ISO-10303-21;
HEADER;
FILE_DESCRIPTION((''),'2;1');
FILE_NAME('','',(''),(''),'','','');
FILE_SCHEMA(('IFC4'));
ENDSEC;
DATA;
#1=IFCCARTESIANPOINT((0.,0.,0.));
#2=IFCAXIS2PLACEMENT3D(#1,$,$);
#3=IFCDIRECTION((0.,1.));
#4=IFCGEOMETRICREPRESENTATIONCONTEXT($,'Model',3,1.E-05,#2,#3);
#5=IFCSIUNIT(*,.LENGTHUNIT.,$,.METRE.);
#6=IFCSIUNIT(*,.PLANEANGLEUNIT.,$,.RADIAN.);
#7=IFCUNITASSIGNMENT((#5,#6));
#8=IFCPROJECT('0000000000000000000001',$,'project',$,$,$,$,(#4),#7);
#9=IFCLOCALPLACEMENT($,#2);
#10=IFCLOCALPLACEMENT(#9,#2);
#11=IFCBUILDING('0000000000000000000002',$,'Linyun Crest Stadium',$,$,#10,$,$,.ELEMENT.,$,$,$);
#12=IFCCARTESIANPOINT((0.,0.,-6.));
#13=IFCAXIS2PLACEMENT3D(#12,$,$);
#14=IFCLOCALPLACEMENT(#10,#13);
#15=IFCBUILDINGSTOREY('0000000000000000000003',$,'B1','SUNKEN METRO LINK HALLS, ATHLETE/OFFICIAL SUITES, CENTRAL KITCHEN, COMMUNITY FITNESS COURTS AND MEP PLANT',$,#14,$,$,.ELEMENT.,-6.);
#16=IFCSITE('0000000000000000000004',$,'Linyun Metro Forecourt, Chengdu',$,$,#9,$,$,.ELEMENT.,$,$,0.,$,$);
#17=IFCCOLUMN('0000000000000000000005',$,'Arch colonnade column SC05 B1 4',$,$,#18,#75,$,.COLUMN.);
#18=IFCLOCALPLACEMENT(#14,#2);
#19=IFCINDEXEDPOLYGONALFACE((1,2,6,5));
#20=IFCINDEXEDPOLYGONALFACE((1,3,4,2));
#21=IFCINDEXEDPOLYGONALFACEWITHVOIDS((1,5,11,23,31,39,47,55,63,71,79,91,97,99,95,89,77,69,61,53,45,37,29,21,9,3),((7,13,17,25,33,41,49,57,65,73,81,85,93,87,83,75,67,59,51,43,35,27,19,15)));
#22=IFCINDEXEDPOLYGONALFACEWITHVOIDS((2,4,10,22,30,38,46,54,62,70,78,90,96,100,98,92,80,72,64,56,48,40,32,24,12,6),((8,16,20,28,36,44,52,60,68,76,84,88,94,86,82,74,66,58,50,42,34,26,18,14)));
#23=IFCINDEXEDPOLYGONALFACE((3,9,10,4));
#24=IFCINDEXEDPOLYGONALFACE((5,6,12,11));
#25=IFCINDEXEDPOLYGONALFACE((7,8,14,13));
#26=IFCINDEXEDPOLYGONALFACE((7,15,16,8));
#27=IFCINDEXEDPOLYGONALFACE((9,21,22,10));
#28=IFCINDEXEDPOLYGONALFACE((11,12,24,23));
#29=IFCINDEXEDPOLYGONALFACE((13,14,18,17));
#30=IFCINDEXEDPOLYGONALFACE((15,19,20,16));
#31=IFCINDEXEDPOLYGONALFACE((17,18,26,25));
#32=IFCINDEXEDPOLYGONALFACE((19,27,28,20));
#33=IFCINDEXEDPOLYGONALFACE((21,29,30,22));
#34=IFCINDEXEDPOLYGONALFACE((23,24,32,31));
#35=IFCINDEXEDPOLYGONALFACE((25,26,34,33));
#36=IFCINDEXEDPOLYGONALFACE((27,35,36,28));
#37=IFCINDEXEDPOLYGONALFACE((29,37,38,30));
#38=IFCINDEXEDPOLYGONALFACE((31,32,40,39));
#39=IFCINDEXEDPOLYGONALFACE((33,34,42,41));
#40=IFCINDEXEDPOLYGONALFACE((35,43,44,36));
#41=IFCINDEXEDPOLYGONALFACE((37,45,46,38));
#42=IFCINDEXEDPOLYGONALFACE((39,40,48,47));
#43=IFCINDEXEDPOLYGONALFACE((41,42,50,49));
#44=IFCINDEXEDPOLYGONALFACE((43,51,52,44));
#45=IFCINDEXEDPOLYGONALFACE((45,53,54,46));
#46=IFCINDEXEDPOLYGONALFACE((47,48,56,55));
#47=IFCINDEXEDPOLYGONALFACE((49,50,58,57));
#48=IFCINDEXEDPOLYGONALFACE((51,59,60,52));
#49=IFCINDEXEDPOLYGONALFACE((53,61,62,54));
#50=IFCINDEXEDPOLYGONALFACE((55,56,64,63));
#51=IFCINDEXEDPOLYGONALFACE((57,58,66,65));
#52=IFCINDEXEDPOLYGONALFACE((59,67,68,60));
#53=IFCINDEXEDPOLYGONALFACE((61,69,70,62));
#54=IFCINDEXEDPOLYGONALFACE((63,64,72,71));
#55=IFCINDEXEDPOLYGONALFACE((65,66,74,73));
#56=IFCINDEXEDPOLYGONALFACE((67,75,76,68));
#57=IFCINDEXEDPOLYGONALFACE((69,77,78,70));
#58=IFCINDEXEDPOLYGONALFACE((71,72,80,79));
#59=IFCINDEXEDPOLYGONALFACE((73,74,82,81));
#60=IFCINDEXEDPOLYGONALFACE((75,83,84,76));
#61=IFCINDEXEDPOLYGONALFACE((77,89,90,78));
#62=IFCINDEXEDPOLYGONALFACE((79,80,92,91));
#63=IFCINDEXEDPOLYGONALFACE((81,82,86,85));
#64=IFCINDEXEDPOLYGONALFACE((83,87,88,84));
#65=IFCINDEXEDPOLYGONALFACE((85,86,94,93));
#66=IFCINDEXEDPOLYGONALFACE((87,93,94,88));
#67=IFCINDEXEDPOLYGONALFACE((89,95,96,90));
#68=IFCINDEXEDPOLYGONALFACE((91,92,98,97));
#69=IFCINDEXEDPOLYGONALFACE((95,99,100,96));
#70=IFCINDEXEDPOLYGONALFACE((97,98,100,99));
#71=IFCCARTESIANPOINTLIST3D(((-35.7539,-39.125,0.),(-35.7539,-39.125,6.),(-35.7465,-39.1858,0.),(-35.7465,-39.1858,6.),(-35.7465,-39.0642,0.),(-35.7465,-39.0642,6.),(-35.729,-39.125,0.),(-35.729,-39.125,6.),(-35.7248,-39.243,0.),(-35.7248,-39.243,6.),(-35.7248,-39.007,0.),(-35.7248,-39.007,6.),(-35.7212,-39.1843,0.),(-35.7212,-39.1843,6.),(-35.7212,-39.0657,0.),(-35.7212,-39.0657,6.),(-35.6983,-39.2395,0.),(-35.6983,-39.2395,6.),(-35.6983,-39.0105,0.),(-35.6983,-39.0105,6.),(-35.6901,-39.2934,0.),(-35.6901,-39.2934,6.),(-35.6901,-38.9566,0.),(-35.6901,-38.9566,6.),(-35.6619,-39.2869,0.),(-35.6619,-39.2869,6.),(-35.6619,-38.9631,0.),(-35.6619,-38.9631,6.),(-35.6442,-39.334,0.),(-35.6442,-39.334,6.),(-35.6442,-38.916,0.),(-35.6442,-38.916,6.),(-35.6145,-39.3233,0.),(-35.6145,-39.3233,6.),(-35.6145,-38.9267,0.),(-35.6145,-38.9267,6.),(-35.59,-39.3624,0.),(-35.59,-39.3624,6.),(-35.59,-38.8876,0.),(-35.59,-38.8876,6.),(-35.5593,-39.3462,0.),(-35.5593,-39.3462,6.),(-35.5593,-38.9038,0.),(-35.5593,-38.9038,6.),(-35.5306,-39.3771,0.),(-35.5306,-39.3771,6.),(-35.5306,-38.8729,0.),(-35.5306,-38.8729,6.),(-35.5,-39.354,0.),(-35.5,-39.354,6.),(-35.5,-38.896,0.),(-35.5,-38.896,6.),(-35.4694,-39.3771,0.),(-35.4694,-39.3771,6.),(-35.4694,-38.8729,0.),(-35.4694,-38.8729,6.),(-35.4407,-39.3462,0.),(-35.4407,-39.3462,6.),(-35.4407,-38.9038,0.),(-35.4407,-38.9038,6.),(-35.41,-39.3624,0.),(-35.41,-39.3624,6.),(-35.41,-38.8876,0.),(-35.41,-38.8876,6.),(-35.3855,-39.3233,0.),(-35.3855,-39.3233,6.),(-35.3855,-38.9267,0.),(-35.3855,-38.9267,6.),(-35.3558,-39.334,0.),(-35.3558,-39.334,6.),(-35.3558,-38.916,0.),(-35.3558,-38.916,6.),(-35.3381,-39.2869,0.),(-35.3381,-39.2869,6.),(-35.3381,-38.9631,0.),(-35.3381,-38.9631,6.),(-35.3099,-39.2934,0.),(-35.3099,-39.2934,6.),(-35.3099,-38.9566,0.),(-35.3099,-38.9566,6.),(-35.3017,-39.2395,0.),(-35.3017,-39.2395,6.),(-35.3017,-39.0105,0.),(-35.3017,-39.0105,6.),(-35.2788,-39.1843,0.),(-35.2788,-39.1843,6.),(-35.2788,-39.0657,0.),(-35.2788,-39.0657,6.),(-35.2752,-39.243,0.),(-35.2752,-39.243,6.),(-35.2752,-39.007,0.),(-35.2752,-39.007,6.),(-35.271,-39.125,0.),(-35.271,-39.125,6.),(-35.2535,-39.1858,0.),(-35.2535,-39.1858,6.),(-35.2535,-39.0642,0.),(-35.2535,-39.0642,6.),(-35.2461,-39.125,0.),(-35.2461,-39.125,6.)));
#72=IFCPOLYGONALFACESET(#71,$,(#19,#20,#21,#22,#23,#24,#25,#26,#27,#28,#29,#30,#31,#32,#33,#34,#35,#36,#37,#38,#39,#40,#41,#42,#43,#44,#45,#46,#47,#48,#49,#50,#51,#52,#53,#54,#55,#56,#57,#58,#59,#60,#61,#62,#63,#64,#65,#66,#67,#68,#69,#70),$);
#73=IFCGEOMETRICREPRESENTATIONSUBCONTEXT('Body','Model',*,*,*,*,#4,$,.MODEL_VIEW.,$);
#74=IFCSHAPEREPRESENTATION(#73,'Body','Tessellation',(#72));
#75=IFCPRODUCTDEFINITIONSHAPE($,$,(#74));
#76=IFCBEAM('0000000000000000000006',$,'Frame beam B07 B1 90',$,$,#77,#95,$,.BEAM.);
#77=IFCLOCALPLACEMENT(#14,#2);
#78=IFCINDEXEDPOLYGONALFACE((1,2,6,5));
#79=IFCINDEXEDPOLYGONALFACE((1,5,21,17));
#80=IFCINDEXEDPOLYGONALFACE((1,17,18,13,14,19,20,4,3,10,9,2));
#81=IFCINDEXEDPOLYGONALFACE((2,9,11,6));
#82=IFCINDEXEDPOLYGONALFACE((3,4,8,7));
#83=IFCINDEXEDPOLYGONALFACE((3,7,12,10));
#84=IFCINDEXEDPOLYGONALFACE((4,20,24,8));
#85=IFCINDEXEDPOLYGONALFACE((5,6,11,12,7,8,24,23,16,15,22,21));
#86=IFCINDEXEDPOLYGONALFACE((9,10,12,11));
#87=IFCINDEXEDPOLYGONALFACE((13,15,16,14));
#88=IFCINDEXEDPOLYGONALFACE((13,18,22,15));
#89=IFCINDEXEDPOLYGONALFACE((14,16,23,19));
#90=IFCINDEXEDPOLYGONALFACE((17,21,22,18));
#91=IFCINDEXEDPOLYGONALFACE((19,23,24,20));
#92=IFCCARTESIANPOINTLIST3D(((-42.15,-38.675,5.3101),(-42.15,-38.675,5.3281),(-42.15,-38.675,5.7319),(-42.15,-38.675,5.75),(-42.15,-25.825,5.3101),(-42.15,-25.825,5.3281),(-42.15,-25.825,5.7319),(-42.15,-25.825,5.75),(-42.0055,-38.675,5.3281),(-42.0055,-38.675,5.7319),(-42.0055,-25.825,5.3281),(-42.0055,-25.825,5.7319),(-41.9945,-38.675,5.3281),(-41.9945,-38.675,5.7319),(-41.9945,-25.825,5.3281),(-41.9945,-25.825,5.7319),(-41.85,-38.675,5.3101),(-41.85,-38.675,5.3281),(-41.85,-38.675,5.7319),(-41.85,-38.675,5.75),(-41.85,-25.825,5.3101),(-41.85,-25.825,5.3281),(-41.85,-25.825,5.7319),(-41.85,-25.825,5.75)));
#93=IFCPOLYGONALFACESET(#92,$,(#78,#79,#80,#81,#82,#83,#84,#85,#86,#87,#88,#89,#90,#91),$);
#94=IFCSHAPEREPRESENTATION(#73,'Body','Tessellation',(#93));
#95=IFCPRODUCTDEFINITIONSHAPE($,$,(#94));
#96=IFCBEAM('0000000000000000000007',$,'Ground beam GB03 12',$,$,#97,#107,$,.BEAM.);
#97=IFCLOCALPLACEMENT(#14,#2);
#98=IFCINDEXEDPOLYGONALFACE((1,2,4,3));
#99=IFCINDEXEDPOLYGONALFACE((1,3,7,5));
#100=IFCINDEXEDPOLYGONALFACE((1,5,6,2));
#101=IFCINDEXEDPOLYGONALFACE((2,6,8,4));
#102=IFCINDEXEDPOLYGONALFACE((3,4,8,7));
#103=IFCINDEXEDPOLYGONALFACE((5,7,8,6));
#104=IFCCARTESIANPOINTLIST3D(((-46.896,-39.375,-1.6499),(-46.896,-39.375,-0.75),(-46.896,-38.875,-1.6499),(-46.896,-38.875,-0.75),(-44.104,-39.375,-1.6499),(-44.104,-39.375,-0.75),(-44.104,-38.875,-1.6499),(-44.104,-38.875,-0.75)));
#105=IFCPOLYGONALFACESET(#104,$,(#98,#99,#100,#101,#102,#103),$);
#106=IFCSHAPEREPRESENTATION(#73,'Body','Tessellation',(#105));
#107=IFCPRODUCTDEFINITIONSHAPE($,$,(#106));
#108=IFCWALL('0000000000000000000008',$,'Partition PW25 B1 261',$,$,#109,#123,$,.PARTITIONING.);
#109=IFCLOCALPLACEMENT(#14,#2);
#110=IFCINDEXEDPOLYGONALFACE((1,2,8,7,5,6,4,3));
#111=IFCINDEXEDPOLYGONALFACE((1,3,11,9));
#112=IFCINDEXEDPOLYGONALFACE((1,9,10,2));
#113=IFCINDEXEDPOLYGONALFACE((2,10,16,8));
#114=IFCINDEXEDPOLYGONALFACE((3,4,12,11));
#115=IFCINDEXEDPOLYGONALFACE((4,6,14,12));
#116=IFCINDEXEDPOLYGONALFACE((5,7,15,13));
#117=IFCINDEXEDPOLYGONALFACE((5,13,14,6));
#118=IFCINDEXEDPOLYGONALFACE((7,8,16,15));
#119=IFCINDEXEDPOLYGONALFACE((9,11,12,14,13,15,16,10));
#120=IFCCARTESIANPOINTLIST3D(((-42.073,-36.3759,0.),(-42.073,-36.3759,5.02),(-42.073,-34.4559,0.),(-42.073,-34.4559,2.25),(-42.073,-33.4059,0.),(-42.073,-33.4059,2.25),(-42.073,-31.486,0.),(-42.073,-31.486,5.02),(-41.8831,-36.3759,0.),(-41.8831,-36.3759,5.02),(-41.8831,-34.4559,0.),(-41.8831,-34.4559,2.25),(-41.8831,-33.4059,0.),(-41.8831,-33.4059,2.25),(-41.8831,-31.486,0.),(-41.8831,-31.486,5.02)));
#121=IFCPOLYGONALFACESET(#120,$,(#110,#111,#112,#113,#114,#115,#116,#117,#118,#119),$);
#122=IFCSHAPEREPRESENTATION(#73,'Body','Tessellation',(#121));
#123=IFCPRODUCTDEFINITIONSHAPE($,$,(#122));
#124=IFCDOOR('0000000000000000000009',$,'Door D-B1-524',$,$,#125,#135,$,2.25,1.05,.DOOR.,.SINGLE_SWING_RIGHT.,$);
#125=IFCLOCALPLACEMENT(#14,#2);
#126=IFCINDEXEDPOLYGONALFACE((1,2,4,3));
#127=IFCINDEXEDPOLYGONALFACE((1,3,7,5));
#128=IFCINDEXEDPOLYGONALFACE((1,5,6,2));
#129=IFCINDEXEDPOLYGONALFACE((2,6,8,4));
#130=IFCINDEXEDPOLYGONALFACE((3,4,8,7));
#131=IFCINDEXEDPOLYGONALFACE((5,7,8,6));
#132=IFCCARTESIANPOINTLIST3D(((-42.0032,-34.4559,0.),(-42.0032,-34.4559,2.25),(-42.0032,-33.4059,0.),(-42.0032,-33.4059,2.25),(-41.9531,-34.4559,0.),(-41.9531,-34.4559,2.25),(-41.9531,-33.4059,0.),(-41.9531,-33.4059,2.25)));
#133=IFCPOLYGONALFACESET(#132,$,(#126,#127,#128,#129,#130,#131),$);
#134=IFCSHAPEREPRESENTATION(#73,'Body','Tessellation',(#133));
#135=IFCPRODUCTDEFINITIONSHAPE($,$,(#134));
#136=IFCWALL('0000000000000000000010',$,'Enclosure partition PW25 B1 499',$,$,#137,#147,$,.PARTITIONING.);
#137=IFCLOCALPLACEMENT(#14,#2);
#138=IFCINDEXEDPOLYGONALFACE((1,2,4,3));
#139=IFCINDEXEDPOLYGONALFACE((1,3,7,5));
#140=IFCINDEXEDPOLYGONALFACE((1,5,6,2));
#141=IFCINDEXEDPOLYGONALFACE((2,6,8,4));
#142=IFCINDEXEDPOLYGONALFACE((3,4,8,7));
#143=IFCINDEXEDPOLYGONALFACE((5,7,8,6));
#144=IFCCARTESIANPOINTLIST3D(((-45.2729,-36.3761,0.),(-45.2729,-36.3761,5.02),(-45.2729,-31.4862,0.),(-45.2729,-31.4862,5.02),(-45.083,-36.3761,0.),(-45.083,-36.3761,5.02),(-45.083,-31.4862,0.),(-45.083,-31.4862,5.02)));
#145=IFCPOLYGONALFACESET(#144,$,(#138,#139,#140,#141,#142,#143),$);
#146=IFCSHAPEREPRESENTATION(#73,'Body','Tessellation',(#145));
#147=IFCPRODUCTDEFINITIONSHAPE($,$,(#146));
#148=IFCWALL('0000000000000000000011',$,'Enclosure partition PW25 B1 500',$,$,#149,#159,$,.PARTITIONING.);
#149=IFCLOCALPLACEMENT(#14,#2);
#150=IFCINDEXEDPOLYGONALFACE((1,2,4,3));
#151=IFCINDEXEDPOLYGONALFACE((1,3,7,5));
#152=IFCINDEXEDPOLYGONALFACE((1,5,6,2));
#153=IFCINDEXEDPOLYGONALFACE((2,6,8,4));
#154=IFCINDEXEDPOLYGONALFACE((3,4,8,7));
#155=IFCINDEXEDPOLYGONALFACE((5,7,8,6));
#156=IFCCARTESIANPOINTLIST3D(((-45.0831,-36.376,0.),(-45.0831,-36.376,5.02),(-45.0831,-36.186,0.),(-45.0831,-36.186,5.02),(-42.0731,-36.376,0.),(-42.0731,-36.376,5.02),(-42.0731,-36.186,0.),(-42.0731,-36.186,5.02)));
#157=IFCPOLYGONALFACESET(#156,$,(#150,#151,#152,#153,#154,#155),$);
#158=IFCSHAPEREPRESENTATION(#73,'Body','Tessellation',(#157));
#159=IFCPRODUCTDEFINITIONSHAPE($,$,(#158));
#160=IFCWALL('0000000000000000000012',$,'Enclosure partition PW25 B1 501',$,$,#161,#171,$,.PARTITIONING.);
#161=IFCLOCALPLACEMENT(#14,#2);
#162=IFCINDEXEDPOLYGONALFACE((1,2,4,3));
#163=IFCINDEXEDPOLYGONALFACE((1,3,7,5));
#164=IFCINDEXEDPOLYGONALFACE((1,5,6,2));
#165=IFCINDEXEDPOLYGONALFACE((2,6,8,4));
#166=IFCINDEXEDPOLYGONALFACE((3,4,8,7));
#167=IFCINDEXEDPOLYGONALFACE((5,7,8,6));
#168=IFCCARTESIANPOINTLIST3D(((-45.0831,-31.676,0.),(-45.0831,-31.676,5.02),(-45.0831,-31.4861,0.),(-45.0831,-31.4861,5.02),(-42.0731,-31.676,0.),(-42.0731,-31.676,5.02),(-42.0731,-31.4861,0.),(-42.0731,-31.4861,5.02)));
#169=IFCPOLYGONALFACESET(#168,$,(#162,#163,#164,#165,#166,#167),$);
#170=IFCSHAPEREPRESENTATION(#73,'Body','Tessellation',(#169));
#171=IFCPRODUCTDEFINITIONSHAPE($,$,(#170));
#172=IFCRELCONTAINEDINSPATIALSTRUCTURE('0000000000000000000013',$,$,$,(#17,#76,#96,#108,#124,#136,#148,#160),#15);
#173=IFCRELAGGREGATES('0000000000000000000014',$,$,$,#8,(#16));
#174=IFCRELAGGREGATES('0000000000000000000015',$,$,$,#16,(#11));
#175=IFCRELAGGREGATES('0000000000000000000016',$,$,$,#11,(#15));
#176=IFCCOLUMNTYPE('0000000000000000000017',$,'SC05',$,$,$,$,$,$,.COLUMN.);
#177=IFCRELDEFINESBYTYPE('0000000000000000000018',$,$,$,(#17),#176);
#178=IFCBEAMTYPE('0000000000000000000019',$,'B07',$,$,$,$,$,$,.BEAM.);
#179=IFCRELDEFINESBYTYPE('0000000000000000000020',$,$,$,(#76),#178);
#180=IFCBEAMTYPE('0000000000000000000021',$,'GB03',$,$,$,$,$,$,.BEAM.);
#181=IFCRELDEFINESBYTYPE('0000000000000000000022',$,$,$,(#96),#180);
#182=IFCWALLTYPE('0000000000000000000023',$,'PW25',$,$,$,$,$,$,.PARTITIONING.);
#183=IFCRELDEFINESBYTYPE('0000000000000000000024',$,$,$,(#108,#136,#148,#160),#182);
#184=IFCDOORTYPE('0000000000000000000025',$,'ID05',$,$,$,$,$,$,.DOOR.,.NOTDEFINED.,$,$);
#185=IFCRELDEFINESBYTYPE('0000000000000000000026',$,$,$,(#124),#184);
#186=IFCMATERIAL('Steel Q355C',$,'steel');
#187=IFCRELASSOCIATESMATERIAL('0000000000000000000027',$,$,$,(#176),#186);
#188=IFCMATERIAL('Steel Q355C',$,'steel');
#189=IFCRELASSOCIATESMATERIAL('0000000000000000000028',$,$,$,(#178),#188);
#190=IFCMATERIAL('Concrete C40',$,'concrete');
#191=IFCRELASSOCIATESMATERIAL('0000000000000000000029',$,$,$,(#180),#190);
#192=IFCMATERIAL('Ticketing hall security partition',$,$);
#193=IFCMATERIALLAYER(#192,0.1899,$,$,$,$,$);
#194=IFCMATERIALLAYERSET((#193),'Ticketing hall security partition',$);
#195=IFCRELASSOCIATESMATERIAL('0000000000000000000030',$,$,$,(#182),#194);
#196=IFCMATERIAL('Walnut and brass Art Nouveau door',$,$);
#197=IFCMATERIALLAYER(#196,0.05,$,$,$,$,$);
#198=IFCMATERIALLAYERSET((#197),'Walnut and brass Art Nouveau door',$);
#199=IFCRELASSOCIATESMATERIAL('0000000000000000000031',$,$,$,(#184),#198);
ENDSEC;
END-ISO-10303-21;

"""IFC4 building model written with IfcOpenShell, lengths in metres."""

from ifc_helpers import new_model, si_unit, direction, frame, frame_2d, origin, origin_2d, place, context, subcontext, project, spatial, rectangle, hollow_circle, i_section, extrude, material, layer, layer_set, material_profile, profile_set, type_object, element, fill, save


model = new_model("IFC4")

# Units and contexts
model_context = context("Model", 3, precision=1e-05, world=origin(), true_north=direction((0.0, 1.0)))
body_context = subcontext(model_context, "Body", "Model", "MODEL_VIEW")
ifc_project = project(units=[si_unit("LENGTHUNIT", "METRE"), si_unit("PLANEANGLEUNIT", "RADIAN")], contexts=[model_context])

# Site, building, storey
site_placement = place(None, origin())
site = spatial("IfcSite", under=ifc_project, at=site_placement, Name="Linyun Metro Forecourt, Chengdu", CompositionType="ELEMENT", RefElevation=0.0)
building_placement = place(site_placement, origin())
building = spatial("IfcBuilding", under=site, at=building_placement, Name="Linyun Crest Stadium", CompositionType="ELEMENT")
storey_placement = place(building_placement, frame((0.0, 0.0, -6.0)))
storey = spatial("IfcBuildingStorey", under=building, at=storey_placement, Name="B1", Description="SUNKEN METRO LINK HALLS, ATHLETE/OFFICIAL SUITES, CENTRAL KITCHEN, COMMUNITY FITNESS COURTS AND MEP PLANT", CompositionType="ELEMENT", Elevation=-6.0)

# Column
ifc_material_1 = material(Name="Steel Q355C", Category="steel")
ifc_material_profile_1 = material_profile(ifc_material_1, hollow_circle(Radius=0.2539, WallThickness=0.0249, at=origin_2d()), Name="CHS 508x25")
ifc_profile_set_1 = profile_set([ifc_material_profile_1], Name="Steel Q355C")
column_type_1 = type_object("IfcColumnType", Name="SC05", PredefinedType="COLUMN", material=ifc_profile_set_1)
column_1_placement = place(storey_placement, frame((-35.5, -39.125, 0.0), z_axis=(0.0, 0.0, 1.0), x_axis=(1.0, 0.0, 0.0)))
element("IfcColumn", 1, at=column_1_placement, inside=storey, type_object=column_type_1, Name="Arch colonnade column SC05 B1 4", PredefinedType="COLUMN", context=body_context, shape_type="SweptSolid", body=[
    extrude(hollow_circle(Radius=0.2539, WallThickness=0.0249, at=origin_2d()), origin(), (0.0, 0.0, 1.0), 6.0),
])

# Beams
ifc_material_2 = material(Name="Steel Q355C", Category="steel")
ifc_material_profile_2 = material_profile(ifc_material_2, i_section(OverallWidth=0.3, OverallDepth=0.4399, WebThickness=0.011, FlangeThickness=0.0181, at=origin_2d()), Name="HM 440x300")
ifc_profile_set_2 = profile_set([ifc_material_profile_2], Name="Steel Q355C")
beam_type_1 = type_object("IfcBeamType", Name="B07", PredefinedType="BEAM", material=ifc_profile_set_2)
beam_1_placement = place(storey_placement, frame((-42.0, -38.675, 5.53), z_axis=(0.0, 1.0, 0.0), x_axis=(-1.0, 0.0, 0.0)))
element("IfcBeam", 2, at=beam_1_placement, inside=storey, type_object=beam_type_1, Name="Frame beam B07 B1 90", PredefinedType="BEAM", context=body_context, shape_type="SweptSolid", body=[
    extrude(i_section(OverallWidth=0.3, OverallDepth=0.4399, WebThickness=0.011, FlangeThickness=0.0181, at=origin_2d()), origin(), (0.0, 0.0, 1.0), 12.8501),
])
ifc_material_3 = material(Name="Concrete C40", Category="concrete")
ifc_material_profile_3 = material_profile(ifc_material_3, rectangle(XDim=0.5, YDim=0.8999, at=origin_2d()), Name="RCB 900x500")
ifc_profile_set_3 = profile_set([ifc_material_profile_3], Name="Concrete C40")
beam_type_2 = type_object("IfcBeamType", Name="GB03", PredefinedType="BEAM", material=ifc_profile_set_3)
beam_2_placement = place(storey_placement, frame((-46.896, -39.125, -1.2), z_axis=(1.0, 0.0, 0.0), x_axis=(0.0, 1.0, 0.0)))
element("IfcBeam", 3, at=beam_2_placement, inside=storey, type_object=beam_type_2, Name="Ground beam GB03 12", PredefinedType="BEAM", context=body_context, shape_type="SweptSolid", body=[
    extrude(rectangle(XDim=0.5, YDim=0.8999, at=origin_2d()), origin(), (0.0, 0.0, 1.0), 2.792),
])

# Wall, opening, door
ifc_material_4 = material(Name="Ticketing hall security partition")
ifc_layer_1 = layer(ifc_material_4, 0.1899)
ifc_layer_set_1 = layer_set([ifc_layer_1], Name="Ticketing hall security partition")
wall_type = type_object("IfcWallType", Name="PW25", PredefinedType="PARTITIONING", material=ifc_layer_set_1)
wall_1_placement = place(storey_placement, frame((-41.978, -31.4861, 0.0), z_axis=(0.0, 0.0, 1.0), x_axis=(0.0, -1.0, 0.0)))
wall_1 = element("IfcWall", 4, at=wall_1_placement, inside=storey, type_object=wall_type, Name="Partition PW25 B1 261", PredefinedType="PARTITIONING", context=body_context, shape_type="SweptSolid", body=[
    extrude(rectangle(XDim=4.8899, YDim=0.1899, at=frame_2d((2.4448, 0.0))), origin(), (0.0, 0.0, 1.0), 5.02),
])
opening_placement = place(wall_1_placement, frame((1.9199, 0.0, 0.0)))
opening = element("IfcOpeningElement", 5, at=opening_placement, cuts=wall_1, PredefinedType="OPENING", context=body_context, shape_type="SweptSolid", body=[
    extrude(rectangle(XDim=1.05, YDim=2.25, at=frame_2d((0.5249, 1.125))), frame((0.0, 0.105, 0.0), z_axis=(0.0, -1.0, 0.0), x_axis=(1.0, 0.0, 0.0)), (0.0, 0.0, 1.0), 0.21),
])
ifc_material_5 = material(Name="Walnut and brass Art Nouveau door")
ifc_layer_2 = layer(ifc_material_5, 0.05)
ifc_layer_set_2 = layer_set([ifc_layer_2], Name="Walnut and brass Art Nouveau door")
door_type = type_object("IfcDoorType", Name="ID05", OperationType="NOTDEFINED", PredefinedType="DOOR", material=ifc_layer_set_2)
door_placement = place(opening_placement, origin())
door = element("IfcDoor", 6, at=door_placement, inside=storey, type_object=door_type, Name="Door D-B1-524", OperationType="SINGLE_SWING_RIGHT", OverallHeight=2.25, OverallWidth=1.05, PredefinedType="DOOR", context=body_context, shape_type="SweptSolid", body=[
    extrude(rectangle(XDim=1.05, YDim=2.25, at=frame_2d((0.5249, 1.125))), frame((0.0, 0.0249, 0.0), z_axis=(0.0, -1.0, 0.0), x_axis=(1.0, 0.0, 0.0)), (0.0, 0.0, 1.0), 0.05),
])
fill(opening, door)

# Walls
wall_2_placement = place(storey_placement, frame((-45.178, -36.376, 0.0), z_axis=(0.0, 0.0, 1.0), x_axis=(0.0, 1.0, 0.0)))
element("IfcWall", 7, at=wall_2_placement, inside=storey, type_object=wall_type, Name="Enclosure partition PW25 B1 499", PredefinedType="PARTITIONING", context=body_context, shape_type="SweptSolid", body=[
    extrude(rectangle(XDim=4.8899, YDim=0.1899, at=frame_2d((2.4448, 0.0))), origin(), (0.0, 0.0, 1.0), 5.02),
])
for number, where, z_axis, x_axis, name in (
    (8, (-45.083, -36.281, 0.0), (0.0, 0.0, 1.0), (1.0, 0.0, 0.0), "Enclosure partition PW25 B1 500"),
    (9, (-45.083, -31.5811, 0.0), (0.0, 0.0, 1.0), (1.0, 0.0, 0.0), "Enclosure partition PW25 B1 501"),
):
    element("IfcWall", number, at=place(storey_placement, frame(where, z_axis=z_axis, x_axis=x_axis)), inside=storey, type_object=wall_type, Name=name, PredefinedType="PARTITIONING", context=body_context, shape_type="SweptSolid", body=[
        extrude(rectangle(XDim=3.01, YDim=0.1899, at=frame_2d((1.5049, 0.0))), origin(), (0.0, 0.0, 1.0), 5.02),
    ])

save(model, "model.ifc")
